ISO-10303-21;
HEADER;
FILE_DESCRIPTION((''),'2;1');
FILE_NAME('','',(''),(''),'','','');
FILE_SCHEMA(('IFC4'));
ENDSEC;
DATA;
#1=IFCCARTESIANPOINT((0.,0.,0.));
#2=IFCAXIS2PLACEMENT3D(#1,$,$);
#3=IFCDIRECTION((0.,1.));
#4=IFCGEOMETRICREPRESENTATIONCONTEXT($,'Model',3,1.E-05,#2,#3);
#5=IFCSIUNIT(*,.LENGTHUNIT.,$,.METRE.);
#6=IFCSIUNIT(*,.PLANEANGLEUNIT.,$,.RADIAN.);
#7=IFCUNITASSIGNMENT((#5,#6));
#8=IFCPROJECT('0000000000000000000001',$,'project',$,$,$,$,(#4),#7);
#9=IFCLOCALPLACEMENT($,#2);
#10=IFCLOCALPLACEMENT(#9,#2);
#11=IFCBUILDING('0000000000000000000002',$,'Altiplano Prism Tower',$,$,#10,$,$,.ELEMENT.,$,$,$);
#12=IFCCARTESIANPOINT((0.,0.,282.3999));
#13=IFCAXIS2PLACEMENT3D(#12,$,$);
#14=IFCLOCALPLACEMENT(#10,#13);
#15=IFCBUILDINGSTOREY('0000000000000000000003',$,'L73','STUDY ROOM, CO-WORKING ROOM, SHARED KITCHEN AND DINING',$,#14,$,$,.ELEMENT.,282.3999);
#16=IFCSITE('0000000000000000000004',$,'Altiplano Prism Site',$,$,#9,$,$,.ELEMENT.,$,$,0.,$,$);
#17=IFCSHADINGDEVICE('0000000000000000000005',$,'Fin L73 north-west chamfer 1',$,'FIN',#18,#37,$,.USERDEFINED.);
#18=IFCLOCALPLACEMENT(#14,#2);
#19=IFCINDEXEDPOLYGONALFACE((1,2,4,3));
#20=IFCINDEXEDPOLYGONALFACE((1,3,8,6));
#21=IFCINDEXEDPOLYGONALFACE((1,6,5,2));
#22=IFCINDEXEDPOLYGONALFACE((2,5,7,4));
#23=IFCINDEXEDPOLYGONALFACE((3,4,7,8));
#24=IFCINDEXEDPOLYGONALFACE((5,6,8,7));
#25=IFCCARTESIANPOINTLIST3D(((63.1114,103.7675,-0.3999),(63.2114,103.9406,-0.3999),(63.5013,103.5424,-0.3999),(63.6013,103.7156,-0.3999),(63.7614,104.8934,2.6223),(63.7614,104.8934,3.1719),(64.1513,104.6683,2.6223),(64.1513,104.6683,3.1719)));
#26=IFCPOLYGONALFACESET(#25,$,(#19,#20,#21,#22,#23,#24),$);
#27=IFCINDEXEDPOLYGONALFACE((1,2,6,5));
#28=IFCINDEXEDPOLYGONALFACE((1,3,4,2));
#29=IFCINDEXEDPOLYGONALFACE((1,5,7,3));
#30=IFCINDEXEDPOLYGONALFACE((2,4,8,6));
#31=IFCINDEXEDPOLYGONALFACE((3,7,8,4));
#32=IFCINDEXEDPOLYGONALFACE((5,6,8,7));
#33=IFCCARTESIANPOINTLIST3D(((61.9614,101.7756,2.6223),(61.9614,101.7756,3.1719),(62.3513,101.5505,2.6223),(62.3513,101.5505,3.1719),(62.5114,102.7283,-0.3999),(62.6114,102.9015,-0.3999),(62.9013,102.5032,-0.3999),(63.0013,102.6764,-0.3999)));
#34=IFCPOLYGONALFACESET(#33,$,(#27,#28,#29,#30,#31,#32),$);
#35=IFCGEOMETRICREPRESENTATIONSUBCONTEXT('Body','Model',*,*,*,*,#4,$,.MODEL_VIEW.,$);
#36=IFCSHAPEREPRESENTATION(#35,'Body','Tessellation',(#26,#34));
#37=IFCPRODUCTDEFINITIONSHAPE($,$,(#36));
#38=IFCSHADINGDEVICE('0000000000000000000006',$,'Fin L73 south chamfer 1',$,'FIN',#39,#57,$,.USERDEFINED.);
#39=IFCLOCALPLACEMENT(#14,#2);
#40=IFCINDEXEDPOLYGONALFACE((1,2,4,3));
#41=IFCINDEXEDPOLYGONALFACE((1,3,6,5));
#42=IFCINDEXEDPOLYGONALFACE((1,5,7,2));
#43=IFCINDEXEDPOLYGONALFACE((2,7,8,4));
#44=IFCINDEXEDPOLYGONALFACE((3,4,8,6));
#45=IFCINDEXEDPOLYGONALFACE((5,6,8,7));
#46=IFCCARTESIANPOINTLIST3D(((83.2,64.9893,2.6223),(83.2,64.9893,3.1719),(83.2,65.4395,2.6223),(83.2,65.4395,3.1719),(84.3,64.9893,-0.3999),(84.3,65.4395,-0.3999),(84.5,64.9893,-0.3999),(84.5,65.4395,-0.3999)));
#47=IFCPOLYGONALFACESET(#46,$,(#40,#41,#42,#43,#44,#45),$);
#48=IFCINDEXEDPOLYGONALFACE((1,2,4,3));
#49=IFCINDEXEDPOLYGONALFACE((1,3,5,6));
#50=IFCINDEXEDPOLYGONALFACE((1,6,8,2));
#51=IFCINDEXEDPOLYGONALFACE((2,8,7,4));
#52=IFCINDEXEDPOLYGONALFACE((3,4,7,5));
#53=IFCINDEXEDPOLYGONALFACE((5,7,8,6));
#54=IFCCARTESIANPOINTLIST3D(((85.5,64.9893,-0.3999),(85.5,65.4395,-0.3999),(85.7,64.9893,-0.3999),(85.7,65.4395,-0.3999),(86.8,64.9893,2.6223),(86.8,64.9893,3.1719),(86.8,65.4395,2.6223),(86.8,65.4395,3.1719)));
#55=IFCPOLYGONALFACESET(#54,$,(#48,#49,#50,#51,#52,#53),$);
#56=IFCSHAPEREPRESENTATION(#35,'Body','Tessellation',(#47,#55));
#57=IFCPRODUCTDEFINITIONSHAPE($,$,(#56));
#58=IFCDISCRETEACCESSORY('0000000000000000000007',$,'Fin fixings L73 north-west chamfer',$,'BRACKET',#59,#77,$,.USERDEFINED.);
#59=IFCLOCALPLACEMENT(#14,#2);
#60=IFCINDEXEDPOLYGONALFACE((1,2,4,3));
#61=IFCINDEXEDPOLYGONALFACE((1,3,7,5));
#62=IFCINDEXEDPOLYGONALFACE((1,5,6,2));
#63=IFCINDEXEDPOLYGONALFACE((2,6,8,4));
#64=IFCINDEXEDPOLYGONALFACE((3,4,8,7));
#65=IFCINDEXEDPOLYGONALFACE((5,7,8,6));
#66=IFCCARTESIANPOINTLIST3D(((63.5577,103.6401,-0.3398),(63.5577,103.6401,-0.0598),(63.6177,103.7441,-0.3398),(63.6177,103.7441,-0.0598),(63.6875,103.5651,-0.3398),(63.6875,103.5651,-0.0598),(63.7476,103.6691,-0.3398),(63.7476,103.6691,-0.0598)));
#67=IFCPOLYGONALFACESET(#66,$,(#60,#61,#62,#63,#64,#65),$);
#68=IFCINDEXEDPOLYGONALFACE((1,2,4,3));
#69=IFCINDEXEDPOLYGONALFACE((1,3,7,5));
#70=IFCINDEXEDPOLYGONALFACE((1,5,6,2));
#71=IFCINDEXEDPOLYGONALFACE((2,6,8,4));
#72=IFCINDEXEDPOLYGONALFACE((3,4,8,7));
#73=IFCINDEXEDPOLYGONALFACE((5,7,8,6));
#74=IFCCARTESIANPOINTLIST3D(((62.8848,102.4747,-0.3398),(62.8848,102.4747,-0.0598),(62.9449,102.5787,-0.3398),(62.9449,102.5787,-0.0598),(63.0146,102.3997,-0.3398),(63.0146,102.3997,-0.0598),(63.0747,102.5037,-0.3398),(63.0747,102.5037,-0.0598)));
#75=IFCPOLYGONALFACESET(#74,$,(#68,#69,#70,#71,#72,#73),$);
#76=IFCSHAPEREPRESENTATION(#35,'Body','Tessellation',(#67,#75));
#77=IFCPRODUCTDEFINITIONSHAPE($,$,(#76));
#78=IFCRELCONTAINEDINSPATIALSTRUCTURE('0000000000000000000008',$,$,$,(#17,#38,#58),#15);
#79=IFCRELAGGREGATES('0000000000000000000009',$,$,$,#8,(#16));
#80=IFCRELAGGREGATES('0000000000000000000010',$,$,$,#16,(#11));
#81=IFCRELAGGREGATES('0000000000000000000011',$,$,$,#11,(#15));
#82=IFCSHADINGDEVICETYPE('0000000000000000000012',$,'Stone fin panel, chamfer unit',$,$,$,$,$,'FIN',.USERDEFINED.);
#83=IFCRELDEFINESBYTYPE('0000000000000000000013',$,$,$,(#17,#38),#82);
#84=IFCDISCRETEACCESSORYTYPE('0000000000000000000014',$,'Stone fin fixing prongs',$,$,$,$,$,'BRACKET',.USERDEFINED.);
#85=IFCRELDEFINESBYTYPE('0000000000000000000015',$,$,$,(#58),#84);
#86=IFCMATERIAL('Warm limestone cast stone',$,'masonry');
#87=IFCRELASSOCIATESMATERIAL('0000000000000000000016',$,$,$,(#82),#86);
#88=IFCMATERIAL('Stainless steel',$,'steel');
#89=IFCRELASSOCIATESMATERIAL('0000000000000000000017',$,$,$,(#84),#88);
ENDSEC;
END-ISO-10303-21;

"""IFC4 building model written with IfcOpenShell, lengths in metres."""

from ifc_helpers import new_model, si_unit, direction, frame, origin, place, context, subcontext, project, spatial, polyline, outline, extrude, source, transform, mapped, material, type_object, element, save


model = new_model("IFC4")

# Units and contexts
model_context = context("Model", 3, precision=1e-05, world=origin(), true_north=direction((0.0, 1.0)))
body_context = subcontext(model_context, "Body", "Model", "MODEL_VIEW")
ifc_project = project(units=[si_unit("LENGTHUNIT", "METRE"), si_unit("PLANEANGLEUNIT", "RADIAN")], contexts=[model_context])

# Site, building, storey
site_placement = place(None, origin())
site = spatial("IfcSite", under=ifc_project, at=site_placement, Name="Altiplano Prism Site", CompositionType="ELEMENT", RefElevation=0.0)
building_placement = place(site_placement, origin())
building = spatial("IfcBuilding", under=site, at=building_placement, Name="Altiplano Prism Tower", CompositionType="ELEMENT")
storey_placement = place(building_placement, frame((0.0, 0.0, 282.3999)))
storey = spatial("IfcBuildingStorey", under=building, at=storey_placement, Name="L73", Description="STUDY ROOM, CO-WORKING ROOM, SHARED KITCHEN AND DINING", CompositionType="ELEMENT", Elevation=282.3999)

# Shading devices
ifc_material_1 = material(Name="Warm limestone cast stone", Category="masonry")
shading_device_type_1 = type_object("IfcShadingDeviceType", Name="Stone fin panel, chamfer unit", ElementType="FIN", PredefinedType="USERDEFINED", material=ifc_material_1)
shared_shape_1 = source(origin(), body_context, "Body", "SweptSolid", [
    extrude(outline(polyline([(-1.8, 3.5718), (-1.8, 3.0222), (-0.7, 0.0), (-0.5, 0.0), (-1.8, 3.5718)])), frame((0.0, -0.1499, 0.0), z_axis=(0.0, -1.0, 0.0), x_axis=(1.0, 0.0, 0.0)), (0.0, 0.0, 1.0), 0.4502),
    extrude(outline(polyline([(1.8, 3.0222), (1.8, 3.5718), (0.5, 0.0), (0.7, 0.0), (1.8, 3.0222)])), frame((0.0, -0.1499, 0.0), z_axis=(0.0, -1.0, 0.0), x_axis=(1.0, 0.0, 0.0)), (0.0, 0.0, 1.0), 0.4502),
])
shading_device_1_placement = place(storey_placement, origin())
element("IfcShadingDevice", 1, at=shading_device_1_placement, inside=storey, type_object=shading_device_type_1, Name="Fin L73 north-west chamfer 1", ObjectType="FIN", PredefinedType="USERDEFINED", context=body_context, shape_type="MappedRepresentation", body=[
    mapped(shared_shape_1, transform((63.3811, 103.0344, -0.3999), x_axis=(-0.5, -0.866025, 0.0), y_axis=(0.866025, -0.5, 0.0), z_axis=(0.0, 0.0, 1.0))),
])
shading_device_2_placement = place(storey_placement, origin())
element("IfcShadingDevice", 2, at=shading_device_2_placement, inside=storey, type_object=shading_device_type_1, Name="Fin L73 south chamfer 1", ObjectType="FIN", PredefinedType="USERDEFINED", context=body_context, shape_type="MappedRepresentation", body=[
    mapped(shared_shape_1, transform((85.0, 65.5894, -0.3999), x_axis=(1.0, 0.0, 0.0), y_axis=(0.0, 1.0, 0.0), z_axis=(0.0, 0.0, 1.0))),
])

# Discrete accessory
ifc_material_2 = material(Name="Stainless steel", Category="steel")
discrete_accessory_type = type_object("IfcDiscreteAccessoryType", Name="Stone fin fixing prongs", ElementType="BRACKET", PredefinedType="USERDEFINED", material=ifc_material_2)
shared_shape_2 = source(origin(), body_context, "Body", "SweptSolid", [
    extrude(outline(polyline([(-0.7329, 0.0601), (-0.6128, 0.0601), (-0.6128, 0.3401), (-0.7329, 0.3401), (-0.7329, 0.0601)])), frame((0.0, 0.0, 0.0), z_axis=(0.0, -1.0, 0.0), x_axis=(1.0, 0.0, 0.0)), (0.0, 0.0, 1.0), 0.1499),
    extrude(outline(polyline([(0.6128, 0.0601), (0.7329, 0.0601), (0.7329, 0.3401), (0.6128, 0.3401), (0.6128, 0.0601)])), frame((0.0, 0.0, 0.0), z_axis=(0.0, -1.0, 0.0), x_axis=(1.0, 0.0, 0.0)), (0.0, 0.0, 1.0), 0.1499),
])
discrete_accessory_1_placement = place(storey_placement, origin())
element("IfcDiscreteAccessory", 3, at=discrete_accessory_1_placement, inside=storey, type_object=discrete_accessory_type, Name="Fin fixings L73 north-west chamfer", ObjectType="BRACKET", PredefinedType="USERDEFINED", context=body_context, shape_type="MappedRepresentation", body=[
    mapped(shared_shape_2, transform((63.3811, 103.0344, -0.3999), x_axis=(-0.5, -0.866025, 0.0), y_axis=(0.866025, -0.5, 0.0), z_axis=(0.0, 0.0, 1.0))),
])

save(model, "model.ifc")
